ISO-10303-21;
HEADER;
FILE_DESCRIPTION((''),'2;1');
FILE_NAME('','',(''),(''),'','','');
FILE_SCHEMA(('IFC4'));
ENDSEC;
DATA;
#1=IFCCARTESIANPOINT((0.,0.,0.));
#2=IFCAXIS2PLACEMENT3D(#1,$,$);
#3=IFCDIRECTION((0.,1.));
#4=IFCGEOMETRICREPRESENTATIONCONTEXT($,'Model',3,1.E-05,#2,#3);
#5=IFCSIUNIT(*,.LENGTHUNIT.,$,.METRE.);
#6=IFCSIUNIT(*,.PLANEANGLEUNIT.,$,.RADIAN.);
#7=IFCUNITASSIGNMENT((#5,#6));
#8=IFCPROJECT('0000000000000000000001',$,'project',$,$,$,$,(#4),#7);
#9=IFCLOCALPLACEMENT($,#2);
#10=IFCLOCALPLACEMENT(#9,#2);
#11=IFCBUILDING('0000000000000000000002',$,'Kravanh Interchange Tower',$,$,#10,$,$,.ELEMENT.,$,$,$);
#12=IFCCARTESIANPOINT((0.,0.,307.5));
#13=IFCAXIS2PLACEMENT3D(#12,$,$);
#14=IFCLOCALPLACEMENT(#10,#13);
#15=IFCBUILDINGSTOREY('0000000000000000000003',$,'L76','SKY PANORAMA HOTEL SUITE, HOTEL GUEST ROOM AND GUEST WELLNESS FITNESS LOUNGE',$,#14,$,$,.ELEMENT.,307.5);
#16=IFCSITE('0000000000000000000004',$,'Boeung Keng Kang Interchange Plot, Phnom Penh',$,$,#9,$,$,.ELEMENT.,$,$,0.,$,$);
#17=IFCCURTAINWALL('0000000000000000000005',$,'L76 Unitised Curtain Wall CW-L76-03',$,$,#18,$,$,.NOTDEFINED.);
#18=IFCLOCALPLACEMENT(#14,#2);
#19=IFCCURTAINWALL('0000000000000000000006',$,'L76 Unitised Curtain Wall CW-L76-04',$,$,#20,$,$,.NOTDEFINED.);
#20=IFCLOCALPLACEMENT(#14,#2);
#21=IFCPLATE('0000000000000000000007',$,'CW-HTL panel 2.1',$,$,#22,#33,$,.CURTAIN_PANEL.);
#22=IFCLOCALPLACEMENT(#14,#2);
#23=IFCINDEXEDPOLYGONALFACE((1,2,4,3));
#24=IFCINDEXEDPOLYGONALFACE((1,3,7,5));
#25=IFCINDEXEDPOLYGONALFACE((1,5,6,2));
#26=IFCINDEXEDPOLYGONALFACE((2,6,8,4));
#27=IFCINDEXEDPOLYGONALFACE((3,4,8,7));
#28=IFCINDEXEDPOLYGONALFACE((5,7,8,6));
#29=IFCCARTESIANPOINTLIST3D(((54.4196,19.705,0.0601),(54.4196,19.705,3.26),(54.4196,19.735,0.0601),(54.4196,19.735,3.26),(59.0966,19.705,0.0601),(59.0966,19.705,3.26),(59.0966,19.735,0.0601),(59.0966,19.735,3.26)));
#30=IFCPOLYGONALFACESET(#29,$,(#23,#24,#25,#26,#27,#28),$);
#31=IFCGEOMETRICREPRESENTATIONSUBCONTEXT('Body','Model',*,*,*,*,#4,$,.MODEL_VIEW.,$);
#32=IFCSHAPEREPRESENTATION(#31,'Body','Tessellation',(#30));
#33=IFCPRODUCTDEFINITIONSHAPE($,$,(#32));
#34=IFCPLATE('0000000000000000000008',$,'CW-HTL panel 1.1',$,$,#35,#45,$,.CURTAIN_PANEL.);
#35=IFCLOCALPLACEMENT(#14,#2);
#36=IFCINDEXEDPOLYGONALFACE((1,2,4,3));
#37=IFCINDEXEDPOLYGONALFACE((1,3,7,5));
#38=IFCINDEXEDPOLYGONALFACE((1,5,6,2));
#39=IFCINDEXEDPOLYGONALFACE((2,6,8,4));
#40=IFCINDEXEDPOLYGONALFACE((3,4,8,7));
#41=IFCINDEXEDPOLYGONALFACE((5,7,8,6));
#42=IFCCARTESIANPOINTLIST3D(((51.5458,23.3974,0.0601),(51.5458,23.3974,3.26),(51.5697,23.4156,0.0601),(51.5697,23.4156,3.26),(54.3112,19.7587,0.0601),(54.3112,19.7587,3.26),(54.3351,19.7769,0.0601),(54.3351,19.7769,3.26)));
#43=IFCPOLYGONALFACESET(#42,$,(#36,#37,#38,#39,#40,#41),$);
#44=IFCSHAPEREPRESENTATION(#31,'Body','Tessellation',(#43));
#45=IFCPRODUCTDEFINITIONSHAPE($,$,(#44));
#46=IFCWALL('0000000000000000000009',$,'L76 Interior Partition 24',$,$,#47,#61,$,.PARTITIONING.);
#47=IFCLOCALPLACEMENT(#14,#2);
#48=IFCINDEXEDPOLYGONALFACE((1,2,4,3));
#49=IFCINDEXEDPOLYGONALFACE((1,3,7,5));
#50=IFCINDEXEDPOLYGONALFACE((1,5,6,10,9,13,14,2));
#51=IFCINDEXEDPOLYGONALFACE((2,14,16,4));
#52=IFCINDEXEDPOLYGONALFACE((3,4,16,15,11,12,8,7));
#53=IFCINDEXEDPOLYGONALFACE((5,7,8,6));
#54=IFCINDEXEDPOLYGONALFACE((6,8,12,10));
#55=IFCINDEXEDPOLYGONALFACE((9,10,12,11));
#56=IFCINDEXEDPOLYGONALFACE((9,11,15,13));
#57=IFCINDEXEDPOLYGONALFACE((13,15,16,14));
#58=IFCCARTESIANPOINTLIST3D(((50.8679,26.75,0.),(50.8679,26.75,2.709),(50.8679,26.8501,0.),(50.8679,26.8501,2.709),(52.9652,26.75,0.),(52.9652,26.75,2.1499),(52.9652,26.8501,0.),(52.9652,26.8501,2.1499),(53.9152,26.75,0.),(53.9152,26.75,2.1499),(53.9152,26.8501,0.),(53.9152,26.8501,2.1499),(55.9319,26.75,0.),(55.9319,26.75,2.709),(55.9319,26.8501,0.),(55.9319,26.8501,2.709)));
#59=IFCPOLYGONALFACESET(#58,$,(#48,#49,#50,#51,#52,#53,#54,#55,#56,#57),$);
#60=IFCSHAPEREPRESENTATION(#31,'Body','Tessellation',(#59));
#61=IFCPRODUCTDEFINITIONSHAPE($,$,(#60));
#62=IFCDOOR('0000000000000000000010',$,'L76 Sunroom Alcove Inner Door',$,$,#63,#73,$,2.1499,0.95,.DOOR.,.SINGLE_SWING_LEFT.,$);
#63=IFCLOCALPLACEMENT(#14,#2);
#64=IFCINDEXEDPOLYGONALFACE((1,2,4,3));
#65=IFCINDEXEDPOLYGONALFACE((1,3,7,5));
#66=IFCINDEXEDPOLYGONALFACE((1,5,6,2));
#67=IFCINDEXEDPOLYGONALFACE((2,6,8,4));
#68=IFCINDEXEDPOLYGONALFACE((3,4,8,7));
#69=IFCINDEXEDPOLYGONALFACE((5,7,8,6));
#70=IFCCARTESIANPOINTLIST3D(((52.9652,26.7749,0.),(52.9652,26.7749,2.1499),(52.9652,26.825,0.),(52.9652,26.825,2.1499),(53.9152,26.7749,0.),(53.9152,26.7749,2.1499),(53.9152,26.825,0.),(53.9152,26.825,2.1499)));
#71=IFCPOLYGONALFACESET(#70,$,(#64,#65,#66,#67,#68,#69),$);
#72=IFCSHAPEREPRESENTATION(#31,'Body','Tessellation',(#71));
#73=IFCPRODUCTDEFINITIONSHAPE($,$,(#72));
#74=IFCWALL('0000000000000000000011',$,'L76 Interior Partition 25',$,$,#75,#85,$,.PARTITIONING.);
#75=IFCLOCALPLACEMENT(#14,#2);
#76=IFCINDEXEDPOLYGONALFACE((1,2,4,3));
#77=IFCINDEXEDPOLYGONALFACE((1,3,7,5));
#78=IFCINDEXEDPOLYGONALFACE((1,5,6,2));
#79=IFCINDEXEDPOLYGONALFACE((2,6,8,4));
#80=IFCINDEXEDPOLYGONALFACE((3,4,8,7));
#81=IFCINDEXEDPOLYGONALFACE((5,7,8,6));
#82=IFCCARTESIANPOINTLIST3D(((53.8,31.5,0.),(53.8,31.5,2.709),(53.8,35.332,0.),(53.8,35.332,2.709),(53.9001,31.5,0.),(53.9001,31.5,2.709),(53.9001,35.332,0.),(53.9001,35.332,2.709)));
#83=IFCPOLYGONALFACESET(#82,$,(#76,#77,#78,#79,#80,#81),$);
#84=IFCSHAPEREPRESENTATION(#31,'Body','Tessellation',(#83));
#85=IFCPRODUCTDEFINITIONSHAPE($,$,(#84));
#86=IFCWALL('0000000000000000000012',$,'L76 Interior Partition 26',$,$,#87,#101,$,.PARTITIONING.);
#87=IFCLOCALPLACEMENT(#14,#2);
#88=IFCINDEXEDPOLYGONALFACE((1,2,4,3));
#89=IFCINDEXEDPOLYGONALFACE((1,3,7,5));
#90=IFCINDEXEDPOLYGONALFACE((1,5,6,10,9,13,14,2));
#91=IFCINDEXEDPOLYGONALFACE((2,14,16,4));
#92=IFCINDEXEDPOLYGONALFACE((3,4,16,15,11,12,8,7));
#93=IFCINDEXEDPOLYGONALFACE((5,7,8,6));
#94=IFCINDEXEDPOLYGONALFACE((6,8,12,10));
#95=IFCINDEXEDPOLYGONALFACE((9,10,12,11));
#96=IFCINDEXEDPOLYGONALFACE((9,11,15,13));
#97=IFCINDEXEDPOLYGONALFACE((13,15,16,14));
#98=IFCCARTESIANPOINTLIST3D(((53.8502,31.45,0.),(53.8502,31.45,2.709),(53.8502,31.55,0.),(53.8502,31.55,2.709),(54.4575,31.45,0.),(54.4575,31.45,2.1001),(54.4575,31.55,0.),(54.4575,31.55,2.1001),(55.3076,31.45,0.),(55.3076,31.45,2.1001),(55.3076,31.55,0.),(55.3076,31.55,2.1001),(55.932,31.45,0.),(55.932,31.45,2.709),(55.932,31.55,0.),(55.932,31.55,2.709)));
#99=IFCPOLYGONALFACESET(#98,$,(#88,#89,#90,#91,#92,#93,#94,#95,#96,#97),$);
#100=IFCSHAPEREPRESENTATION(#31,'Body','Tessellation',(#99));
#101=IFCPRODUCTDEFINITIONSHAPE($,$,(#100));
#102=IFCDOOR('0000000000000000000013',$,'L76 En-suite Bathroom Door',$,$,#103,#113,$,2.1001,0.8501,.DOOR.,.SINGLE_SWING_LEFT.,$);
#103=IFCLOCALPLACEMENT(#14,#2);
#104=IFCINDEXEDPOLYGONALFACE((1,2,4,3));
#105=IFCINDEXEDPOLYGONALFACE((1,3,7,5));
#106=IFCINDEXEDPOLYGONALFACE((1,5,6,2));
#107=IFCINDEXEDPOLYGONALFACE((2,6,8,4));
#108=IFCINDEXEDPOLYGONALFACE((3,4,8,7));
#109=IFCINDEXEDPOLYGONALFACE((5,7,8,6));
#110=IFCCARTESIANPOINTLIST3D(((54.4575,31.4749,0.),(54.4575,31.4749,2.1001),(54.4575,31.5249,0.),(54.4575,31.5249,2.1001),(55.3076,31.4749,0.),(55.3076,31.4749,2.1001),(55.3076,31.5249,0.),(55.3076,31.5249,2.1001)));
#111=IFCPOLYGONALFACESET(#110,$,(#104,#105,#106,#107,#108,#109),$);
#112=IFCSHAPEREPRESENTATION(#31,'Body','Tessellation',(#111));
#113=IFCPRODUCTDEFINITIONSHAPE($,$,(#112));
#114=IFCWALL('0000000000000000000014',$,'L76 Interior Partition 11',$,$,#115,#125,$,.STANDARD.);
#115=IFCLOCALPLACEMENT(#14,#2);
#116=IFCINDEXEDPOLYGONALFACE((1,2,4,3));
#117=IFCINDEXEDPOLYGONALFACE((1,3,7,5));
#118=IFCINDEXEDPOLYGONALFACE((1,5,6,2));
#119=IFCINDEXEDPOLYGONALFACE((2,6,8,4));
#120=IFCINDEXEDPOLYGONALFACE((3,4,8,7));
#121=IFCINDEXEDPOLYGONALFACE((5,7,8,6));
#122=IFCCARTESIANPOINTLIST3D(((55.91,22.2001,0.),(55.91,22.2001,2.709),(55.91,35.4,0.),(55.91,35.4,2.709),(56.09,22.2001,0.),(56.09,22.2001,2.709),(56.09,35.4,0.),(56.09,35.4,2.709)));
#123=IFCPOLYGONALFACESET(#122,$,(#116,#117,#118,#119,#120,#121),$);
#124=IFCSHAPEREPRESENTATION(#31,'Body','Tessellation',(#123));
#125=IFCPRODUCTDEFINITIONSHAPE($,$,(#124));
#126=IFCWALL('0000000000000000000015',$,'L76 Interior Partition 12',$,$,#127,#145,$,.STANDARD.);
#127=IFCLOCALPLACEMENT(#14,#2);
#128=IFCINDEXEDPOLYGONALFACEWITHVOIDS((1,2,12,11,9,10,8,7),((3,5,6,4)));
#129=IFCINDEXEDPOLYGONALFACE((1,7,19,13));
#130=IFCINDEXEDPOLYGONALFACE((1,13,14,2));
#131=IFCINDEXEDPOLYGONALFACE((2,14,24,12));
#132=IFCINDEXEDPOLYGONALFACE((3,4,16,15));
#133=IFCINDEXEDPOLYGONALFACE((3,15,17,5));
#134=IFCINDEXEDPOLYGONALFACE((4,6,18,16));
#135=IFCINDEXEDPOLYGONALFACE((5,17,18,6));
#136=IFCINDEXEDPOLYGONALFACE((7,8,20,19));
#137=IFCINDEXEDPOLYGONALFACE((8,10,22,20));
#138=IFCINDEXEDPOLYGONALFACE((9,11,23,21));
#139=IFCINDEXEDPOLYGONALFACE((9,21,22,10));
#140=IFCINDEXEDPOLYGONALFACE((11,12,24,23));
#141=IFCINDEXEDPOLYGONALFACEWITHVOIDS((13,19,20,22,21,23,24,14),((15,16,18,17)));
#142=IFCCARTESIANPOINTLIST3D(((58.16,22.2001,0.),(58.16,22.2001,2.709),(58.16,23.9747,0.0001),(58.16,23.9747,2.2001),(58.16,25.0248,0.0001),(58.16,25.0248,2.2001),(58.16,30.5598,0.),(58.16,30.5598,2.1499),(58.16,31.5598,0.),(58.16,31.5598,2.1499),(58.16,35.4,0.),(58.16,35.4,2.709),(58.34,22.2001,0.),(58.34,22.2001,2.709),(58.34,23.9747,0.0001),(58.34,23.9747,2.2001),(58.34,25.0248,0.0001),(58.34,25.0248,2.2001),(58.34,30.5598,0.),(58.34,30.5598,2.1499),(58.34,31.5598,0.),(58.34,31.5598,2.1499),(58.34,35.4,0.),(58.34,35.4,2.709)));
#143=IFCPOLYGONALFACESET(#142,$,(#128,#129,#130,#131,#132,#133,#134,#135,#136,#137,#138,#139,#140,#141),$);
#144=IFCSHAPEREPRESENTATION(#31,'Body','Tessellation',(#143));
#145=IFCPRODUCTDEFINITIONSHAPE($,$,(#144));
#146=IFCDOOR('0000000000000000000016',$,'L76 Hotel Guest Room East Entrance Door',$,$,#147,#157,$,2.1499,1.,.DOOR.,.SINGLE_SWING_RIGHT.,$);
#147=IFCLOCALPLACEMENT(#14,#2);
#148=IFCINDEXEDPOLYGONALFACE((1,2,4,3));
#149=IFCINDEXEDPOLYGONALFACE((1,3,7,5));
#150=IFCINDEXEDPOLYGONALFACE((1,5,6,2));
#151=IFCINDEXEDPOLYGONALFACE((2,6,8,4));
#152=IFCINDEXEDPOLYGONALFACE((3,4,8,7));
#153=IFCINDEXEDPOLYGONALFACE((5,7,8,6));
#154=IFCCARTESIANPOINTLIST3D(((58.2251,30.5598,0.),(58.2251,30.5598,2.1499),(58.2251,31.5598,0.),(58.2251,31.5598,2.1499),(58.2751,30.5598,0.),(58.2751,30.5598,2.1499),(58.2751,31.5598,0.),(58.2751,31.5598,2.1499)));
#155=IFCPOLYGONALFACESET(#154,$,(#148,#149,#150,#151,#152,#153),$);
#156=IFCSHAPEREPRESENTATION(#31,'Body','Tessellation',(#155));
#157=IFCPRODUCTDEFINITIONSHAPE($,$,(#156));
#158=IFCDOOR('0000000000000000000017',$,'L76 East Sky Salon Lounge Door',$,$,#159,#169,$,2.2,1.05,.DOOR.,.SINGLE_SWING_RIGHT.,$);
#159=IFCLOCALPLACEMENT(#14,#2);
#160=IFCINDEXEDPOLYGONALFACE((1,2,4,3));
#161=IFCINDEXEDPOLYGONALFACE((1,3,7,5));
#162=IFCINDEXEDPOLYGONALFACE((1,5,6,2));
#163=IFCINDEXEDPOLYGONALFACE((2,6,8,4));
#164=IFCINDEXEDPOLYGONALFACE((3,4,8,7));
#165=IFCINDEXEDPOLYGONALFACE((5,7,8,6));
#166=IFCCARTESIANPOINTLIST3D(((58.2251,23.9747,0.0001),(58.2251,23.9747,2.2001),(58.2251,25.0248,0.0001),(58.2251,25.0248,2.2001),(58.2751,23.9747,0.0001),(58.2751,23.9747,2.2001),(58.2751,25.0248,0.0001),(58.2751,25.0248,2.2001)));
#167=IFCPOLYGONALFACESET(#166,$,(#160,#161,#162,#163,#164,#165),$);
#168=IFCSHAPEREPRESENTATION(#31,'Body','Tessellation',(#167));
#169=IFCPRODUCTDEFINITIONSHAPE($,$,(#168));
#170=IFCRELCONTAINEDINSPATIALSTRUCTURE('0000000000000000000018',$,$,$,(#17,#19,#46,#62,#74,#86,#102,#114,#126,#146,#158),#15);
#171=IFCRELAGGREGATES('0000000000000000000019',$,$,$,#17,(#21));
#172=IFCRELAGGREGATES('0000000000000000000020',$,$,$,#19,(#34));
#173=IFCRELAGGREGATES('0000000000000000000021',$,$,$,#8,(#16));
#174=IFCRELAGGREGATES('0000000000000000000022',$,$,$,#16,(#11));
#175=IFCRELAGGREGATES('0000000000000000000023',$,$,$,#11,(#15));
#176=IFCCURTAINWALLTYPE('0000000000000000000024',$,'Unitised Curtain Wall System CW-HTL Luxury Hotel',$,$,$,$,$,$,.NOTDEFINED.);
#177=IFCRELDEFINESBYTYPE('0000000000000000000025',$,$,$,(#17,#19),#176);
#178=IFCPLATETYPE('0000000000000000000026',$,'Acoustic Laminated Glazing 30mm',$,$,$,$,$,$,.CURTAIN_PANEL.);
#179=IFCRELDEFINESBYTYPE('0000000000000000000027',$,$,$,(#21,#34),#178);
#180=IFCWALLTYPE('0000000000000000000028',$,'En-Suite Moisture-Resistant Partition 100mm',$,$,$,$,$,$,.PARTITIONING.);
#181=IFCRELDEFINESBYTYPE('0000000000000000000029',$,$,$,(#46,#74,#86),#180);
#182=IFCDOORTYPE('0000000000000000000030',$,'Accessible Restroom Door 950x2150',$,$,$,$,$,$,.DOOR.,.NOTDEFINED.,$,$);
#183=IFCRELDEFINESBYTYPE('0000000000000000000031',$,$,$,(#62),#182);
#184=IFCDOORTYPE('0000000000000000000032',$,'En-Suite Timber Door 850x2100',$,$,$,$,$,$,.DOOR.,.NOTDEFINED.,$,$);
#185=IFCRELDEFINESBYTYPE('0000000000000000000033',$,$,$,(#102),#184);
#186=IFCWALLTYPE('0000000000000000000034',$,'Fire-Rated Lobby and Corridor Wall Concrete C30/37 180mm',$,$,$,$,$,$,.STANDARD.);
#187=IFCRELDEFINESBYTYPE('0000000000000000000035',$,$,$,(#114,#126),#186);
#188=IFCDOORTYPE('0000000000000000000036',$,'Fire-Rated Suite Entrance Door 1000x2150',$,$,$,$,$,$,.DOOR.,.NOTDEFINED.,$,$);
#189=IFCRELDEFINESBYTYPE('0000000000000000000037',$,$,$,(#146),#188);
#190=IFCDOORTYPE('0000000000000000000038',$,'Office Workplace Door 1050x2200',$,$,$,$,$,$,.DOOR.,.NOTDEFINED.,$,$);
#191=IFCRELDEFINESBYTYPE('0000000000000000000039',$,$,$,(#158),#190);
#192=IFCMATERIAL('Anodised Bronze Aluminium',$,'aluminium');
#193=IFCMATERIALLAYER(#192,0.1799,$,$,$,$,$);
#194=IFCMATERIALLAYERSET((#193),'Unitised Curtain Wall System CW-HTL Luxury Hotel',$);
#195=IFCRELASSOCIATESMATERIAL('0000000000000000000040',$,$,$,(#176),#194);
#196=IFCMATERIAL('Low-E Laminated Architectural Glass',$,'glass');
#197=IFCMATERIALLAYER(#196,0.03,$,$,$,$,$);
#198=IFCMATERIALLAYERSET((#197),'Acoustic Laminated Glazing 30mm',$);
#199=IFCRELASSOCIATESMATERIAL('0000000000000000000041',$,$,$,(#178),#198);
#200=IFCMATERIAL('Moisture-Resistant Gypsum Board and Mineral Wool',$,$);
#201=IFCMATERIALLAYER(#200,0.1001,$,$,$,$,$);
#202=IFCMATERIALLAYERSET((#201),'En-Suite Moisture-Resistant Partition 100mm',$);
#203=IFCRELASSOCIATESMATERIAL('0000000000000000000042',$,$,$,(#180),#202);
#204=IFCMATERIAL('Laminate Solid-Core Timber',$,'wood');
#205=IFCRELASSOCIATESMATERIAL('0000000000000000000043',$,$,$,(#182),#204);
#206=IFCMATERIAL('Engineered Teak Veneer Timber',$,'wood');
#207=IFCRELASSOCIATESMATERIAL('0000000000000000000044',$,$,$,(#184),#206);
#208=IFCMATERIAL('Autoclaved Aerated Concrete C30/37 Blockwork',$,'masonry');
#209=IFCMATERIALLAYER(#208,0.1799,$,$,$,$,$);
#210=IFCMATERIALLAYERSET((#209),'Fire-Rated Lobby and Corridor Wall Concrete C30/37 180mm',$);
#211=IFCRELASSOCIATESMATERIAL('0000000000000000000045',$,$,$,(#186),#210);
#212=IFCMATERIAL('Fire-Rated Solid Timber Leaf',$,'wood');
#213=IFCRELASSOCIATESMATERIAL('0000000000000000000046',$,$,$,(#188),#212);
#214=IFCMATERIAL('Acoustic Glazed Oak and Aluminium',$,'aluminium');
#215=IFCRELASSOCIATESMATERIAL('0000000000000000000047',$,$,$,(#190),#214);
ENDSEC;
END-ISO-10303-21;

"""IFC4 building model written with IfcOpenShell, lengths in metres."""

from ifc_helpers import new_model, si_unit, direction, frame, frame_2d, origin, origin_2d, place, context, subcontext, project, spatial, rectangle, extrude, material, layer, layer_set, type_object, element, fill, aggregate, save


model = new_model("IFC4")

# Units and contexts
model_context = context("Model", 3, precision=1e-05, world=origin(), true_north=direction((0.0, 1.0)))
body_context = subcontext(model_context, "Body", "Model", "MODEL_VIEW")
ifc_project = project(units=[si_unit("LENGTHUNIT", "METRE"), si_unit("PLANEANGLEUNIT", "RADIAN")], contexts=[model_context])

# Site, building, storey
site_placement = place(None, origin())
site = spatial("IfcSite", under=ifc_project, at=site_placement, Name="Boeung Keng Kang Interchange Plot, Phnom Penh", CompositionType="ELEMENT", RefElevation=0.0)
building_placement = place(site_placement, origin())
building = spatial("IfcBuilding", under=site, at=building_placement, Name="Kravanh Interchange Tower", CompositionType="ELEMENT")
storey_placement = place(building_placement, frame((0.0, 0.0, 307.5)))
storey = spatial("IfcBuildingStorey", under=building, at=storey_placement, Name="L76", Description="SKY PANORAMA HOTEL SUITE, HOTEL GUEST ROOM AND GUEST WELLNESS FITNESS LOUNGE", CompositionType="ELEMENT", Elevation=307.5)

# Curtain wall
ifc_material_1 = material(Name="Anodised Bronze Aluminium", Category="aluminium")
ifc_layer_1 = layer(ifc_material_1, 0.1799)
ifc_layer_set_1 = layer_set([ifc_layer_1], Name="Unitised Curtain Wall System CW-HTL Luxury Hotel")
curtain_wall_type = type_object("IfcCurtainWallType", Name="Unitised Curtain Wall System CW-HTL Luxury Hotel", PredefinedType="NOTDEFINED", material=ifc_layer_set_1)
curtain_wall_1_placement = place(storey_placement, origin())
curtain_wall_1 = element("IfcCurtainWall", 1, at=curtain_wall_1_placement, inside=storey, type_object=curtain_wall_type, Name="L76 Unitised Curtain Wall CW-L76-03", PredefinedType="NOTDEFINED")

# Curtain wall
curtain_wall_2_placement = place(storey_placement, origin())
curtain_wall_2 = element("IfcCurtainWall", 2, at=curtain_wall_2_placement, inside=storey, type_object=curtain_wall_type, Name="L76 Unitised Curtain Wall CW-L76-04", PredefinedType="NOTDEFINED")

# Plates
ifc_material_2 = material(Name="Low-E Laminated Architectural Glass", Category="glass")
ifc_layer_2 = layer(ifc_material_2, 0.03)
ifc_layer_set_2 = layer_set([ifc_layer_2], Name="Acoustic Laminated Glazing 30mm")
plate_type = type_object("IfcPlateType", Name="Acoustic Laminated Glazing 30mm", PredefinedType="CURTAIN_PANEL", material=ifc_layer_set_2)
plate_1_placement = place(storey_placement, frame((56.7581, 19.72, 0.0601), z_axis=(0.0, 0.0, 1.0), x_axis=(-1.0, 0.0, 0.0)))
plate_1 = element("IfcPlate", 3, at=plate_1_placement, type_object=plate_type, Name="CW-HTL panel 2.1", PredefinedType="CURTAIN_PANEL", context=body_context, shape_type="SweptSolid", body=[
    extrude(rectangle(XDim=4.677, YDim=0.03, at=origin_2d()), origin(), (0.0, 0.0, 1.0), 3.2),
])
aggregate(curtain_wall_1, [plate_1])
plate_2_placement = place(storey_placement, frame((52.9404, 21.5872, 0.0601), z_axis=(0.0, 0.0, 1.0), x_axis=(-0.605084, 0.796162, 0.0)))
plate_2 = element("IfcPlate", 4, at=plate_2_placement, type_object=plate_type, Name="CW-HTL panel 1.1", PredefinedType="CURTAIN_PANEL", context=body_context, shape_type="SweptSolid", body=[
    extrude(rectangle(XDim=4.5703, YDim=0.03, at=origin_2d()), origin(), (0.0, 0.0, 1.0), 3.2),
])
aggregate(curtain_wall_2, [plate_2])

# Wall, opening, door
ifc_material_3 = material(Name="Moisture-Resistant Gypsum Board and Mineral Wool")
ifc_layer_3 = layer(ifc_material_3, 0.1001)
ifc_layer_set_3 = layer_set([ifc_layer_3], Name="En-Suite Moisture-Resistant Partition 100mm")
wall_type_1 = type_object("IfcWallType", Name="En-Suite Moisture-Resistant Partition 100mm", PredefinedType="PARTITIONING", material=ifc_layer_set_3)
wall_1_placement = place(storey_placement, frame((50.8679, 26.8, 0.0), z_axis=(0.0, 0.0, 1.0), x_axis=(1.0, 0.0, 0.0)))
wall_1 = element("IfcWall", 5, at=wall_1_placement, inside=storey, type_object=wall_type_1, Name="L76 Interior Partition 24", PredefinedType="PARTITIONING", context=body_context, shape_type="SweptSolid", body=[
    extrude(rectangle(XDim=5.064, YDim=0.1001, at=frame_2d((2.532, 0.0))), origin(), (0.0, 0.0, 1.0), 2.709),
])
opening_1_placement = place(wall_1_placement, frame((2.0972, 0.0, 0.0)))
opening_1 = element("IfcOpeningElement", 6, at=opening_1_placement, cuts=wall_1, PredefinedType="OPENING", context=body_context, shape_type="SweptSolid", body=[
    extrude(rectangle(XDim=0.95, YDim=2.1499, at=frame_2d((0.4751, 1.075))), frame((0.0, 0.0601, 0.0), z_axis=(0.0, -1.0, 0.0), x_axis=(1.0, 0.0, 0.0)), (0.0, 0.0, 1.0), 0.1201),
])
ifc_material_4 = material(Name="Laminate Solid-Core Timber", Category="wood")
door_type_1 = type_object("IfcDoorType", Name="Accessible Restroom Door 950x2150", OperationType="NOTDEFINED", PredefinedType="DOOR", material=ifc_material_4)
door_1_placement = place(opening_1_placement, origin())
door_1 = element("IfcDoor", 7, at=door_1_placement, inside=storey, type_object=door_type_1, Name="L76 Sunroom Alcove Inner Door", OperationType="SINGLE_SWING_LEFT", OverallHeight=2.1499, OverallWidth=0.95, PredefinedType="DOOR", context=body_context, shape_type="SweptSolid", body=[
    extrude(rectangle(XDim=0.95, YDim=2.1499, at=frame_2d((0.4751, 1.075))), frame((0.0, 0.0249, 0.0), z_axis=(0.0, -1.0, 0.0), x_axis=(1.0, 0.0, 0.0)), (0.0, 0.0, 1.0), 0.05),
])
fill(opening_1, door_1)

# Wall
wall_2_placement = place(storey_placement, frame((53.8501, 31.5, 0.0), z_axis=(0.0, 0.0, 1.0), x_axis=(0.0, 1.0, 0.0)))
element("IfcWall", 8, at=wall_2_placement, inside=storey, type_object=wall_type_1, Name="L76 Interior Partition 25", PredefinedType="PARTITIONING", context=body_context, shape_type="SweptSolid", body=[
    extrude(rectangle(XDim=3.832, YDim=0.1001, at=frame_2d((1.916, 0.0))), origin(), (0.0, 0.0, 1.0), 2.709),
])

# Wall, opening, door
wall_3_placement = place(storey_placement, frame((53.8501, 31.5, 0.0), z_axis=(0.0, 0.0, 1.0), x_axis=(1.0, 0.0, 0.0)))
wall_3 = element("IfcWall", 9, at=wall_3_placement, inside=storey, type_object=wall_type_1, Name="L76 Interior Partition 26", PredefinedType="PARTITIONING", context=body_context, shape_type="SweptSolid", body=[
    extrude(rectangle(XDim=2.0818, YDim=0.1001, at=frame_2d((1.041, 0.0))), origin(), (0.0, 0.0, 1.0), 2.709),
])
opening_2_placement = place(wall_3_placement, frame((0.6074, 0.0, 0.0)))
opening_2 = element("IfcOpeningElement", 10, at=opening_2_placement, cuts=wall_3, PredefinedType="OPENING", context=body_context, shape_type="SweptSolid", body=[
    extrude(rectangle(XDim=0.8501, YDim=2.1001, at=frame_2d((0.425, 1.05))), frame((0.0, 0.0601, 0.0), z_axis=(0.0, -1.0, 0.0), x_axis=(1.0, 0.0, 0.0)), (0.0, 0.0, 1.0), 0.1201),
])
ifc_material_5 = material(Name="Engineered Teak Veneer Timber", Category="wood")
door_type_2 = type_object("IfcDoorType", Name="En-Suite Timber Door 850x2100", OperationType="NOTDEFINED", PredefinedType="DOOR", material=ifc_material_5)
door_2_placement = place(opening_2_placement, origin())
door_2 = element("IfcDoor", 11, at=door_2_placement, inside=storey, type_object=door_type_2, Name="L76 En-suite Bathroom Door", OperationType="SINGLE_SWING_LEFT", OverallHeight=2.1001, OverallWidth=0.8501, PredefinedType="DOOR", context=body_context, shape_type="SweptSolid", body=[
    extrude(rectangle(XDim=0.8501, YDim=2.1001, at=frame_2d((0.425, 1.05))), frame((0.0, 0.0249, 0.0), z_axis=(0.0, -1.0, 0.0), x_axis=(1.0, 0.0, 0.0)), (0.0, 0.0, 1.0), 0.05),
])
fill(opening_2, door_2)

# Wall
ifc_material_6 = material(Name="Autoclaved Aerated Concrete C30/37 Blockwork", Category="masonry")
ifc_layer_4 = layer(ifc_material_6, 0.1799)
ifc_layer_set_4 = layer_set([ifc_layer_4], Name="Fire-Rated Lobby and Corridor Wall Concrete C30/37 180mm")
wall_type_2 = type_object("IfcWallType", Name="Fire-Rated Lobby and Corridor Wall Concrete C30/37 180mm", PredefinedType="STANDARD", material=ifc_layer_set_4)
wall_4_placement = place(storey_placement, frame((56.0, 22.2, 0.0), z_axis=(0.0, 0.0, 1.0), x_axis=(0.0, 1.0, 0.0)))
element("IfcWall", 12, at=wall_4_placement, inside=storey, type_object=wall_type_2, Name="L76 Interior Partition 11", PredefinedType="STANDARD", context=body_context, shape_type="SweptSolid", body=[
    extrude(rectangle(XDim=13.2, YDim=0.1799, at=frame_2d((6.6001, 0.0))), origin(), (0.0, 0.0, 1.0), 2.709),
])

# Wall, openings, doors
wall_5_placement = place(storey_placement, frame((58.25, 22.2, 0.0), z_axis=(0.0, 0.0, 1.0), x_axis=(0.0, 1.0, 0.0)))
wall_5 = element("IfcWall", 13, at=wall_5_placement, inside=storey, type_object=wall_type_2, Name="L76 Interior Partition 12", PredefinedType="STANDARD", context=body_context, shape_type="SweptSolid", body=[
    extrude(rectangle(XDim=13.2, YDim=0.1799, at=frame_2d((6.6001, 0.0))), origin(), (0.0, 0.0, 1.0), 2.709),
])
opening_3_placement = place(wall_5_placement, frame((1.7749, 0.0, 0.0)))
opening_3 = element("IfcOpeningElement", 14, at=opening_3_placement, cuts=wall_5, PredefinedType="OPENING", context=body_context, shape_type="SweptSolid", body=[
    extrude(rectangle(XDim=1.05, YDim=2.2, at=frame_2d((0.5249, 1.1001))), frame((0.0, 0.1001, 0.0), z_axis=(0.0, -1.0, 0.0), x_axis=(1.0, 0.0, 0.0)), (0.0, 0.0, 1.0), 0.2),
])
opening_4_placement = place(wall_5_placement, frame((8.3599, 0.0, 0.0)))
opening_4 = element("IfcOpeningElement", 15, at=opening_4_placement, cuts=wall_5, PredefinedType="OPENING", context=body_context, shape_type="SweptSolid", body=[
    extrude(rectangle(XDim=1.0, YDim=2.1499, at=frame_2d((0.5, 1.075))), frame((0.0, 0.1001, 0.0), z_axis=(0.0, -1.0, 0.0), x_axis=(1.0, 0.0, 0.0)), (0.0, 0.0, 1.0), 0.2),
])
ifc_material_7 = material(Name="Fire-Rated Solid Timber Leaf", Category="wood")
door_type_3 = type_object("IfcDoorType", Name="Fire-Rated Suite Entrance Door 1000x2150", OperationType="NOTDEFINED", PredefinedType="DOOR", material=ifc_material_7)
door_3_placement = place(opening_4_placement, origin())
door_3 = element("IfcDoor", 16, at=door_3_placement, inside=storey, type_object=door_type_3, Name="L76 Hotel Guest Room East Entrance Door", OperationType="SINGLE_SWING_RIGHT", OverallHeight=2.1499, OverallWidth=1.0, PredefinedType="DOOR", context=body_context, shape_type="SweptSolid", body=[
    extrude(rectangle(XDim=1.0, YDim=2.1499, at=frame_2d((0.5, 1.075))), frame((0.0, 0.0249, 0.0), z_axis=(0.0, -1.0, 0.0), x_axis=(1.0, 0.0, 0.0)), (0.0, 0.0, 1.0), 0.05),
])
fill(opening_4, door_3)
ifc_material_8 = material(Name="Acoustic Glazed Oak and Aluminium", Category="aluminium")
door_type_4 = type_object("IfcDoorType", Name="Office Workplace Door 1050x2200", OperationType="NOTDEFINED", PredefinedType="DOOR", material=ifc_material_8)
door_4_placement = place(opening_3_placement, origin())
door_4 = element("IfcDoor", 17, at=door_4_placement, inside=storey, type_object=door_type_4, Name="L76 East Sky Salon Lounge Door", OperationType="SINGLE_SWING_RIGHT", OverallHeight=2.2, OverallWidth=1.05, PredefinedType="DOOR", context=body_context, shape_type="SweptSolid", body=[
    extrude(rectangle(XDim=1.05, YDim=2.2, at=frame_2d((0.5249, 1.1001))), frame((0.0, 0.0249, 0.0), z_axis=(0.0, -1.0, 0.0), x_axis=(1.0, 0.0, 0.0)), (0.0, 0.0, 1.0), 0.05),
])
fill(opening_3, door_4)

save(model, "model.ifc")
